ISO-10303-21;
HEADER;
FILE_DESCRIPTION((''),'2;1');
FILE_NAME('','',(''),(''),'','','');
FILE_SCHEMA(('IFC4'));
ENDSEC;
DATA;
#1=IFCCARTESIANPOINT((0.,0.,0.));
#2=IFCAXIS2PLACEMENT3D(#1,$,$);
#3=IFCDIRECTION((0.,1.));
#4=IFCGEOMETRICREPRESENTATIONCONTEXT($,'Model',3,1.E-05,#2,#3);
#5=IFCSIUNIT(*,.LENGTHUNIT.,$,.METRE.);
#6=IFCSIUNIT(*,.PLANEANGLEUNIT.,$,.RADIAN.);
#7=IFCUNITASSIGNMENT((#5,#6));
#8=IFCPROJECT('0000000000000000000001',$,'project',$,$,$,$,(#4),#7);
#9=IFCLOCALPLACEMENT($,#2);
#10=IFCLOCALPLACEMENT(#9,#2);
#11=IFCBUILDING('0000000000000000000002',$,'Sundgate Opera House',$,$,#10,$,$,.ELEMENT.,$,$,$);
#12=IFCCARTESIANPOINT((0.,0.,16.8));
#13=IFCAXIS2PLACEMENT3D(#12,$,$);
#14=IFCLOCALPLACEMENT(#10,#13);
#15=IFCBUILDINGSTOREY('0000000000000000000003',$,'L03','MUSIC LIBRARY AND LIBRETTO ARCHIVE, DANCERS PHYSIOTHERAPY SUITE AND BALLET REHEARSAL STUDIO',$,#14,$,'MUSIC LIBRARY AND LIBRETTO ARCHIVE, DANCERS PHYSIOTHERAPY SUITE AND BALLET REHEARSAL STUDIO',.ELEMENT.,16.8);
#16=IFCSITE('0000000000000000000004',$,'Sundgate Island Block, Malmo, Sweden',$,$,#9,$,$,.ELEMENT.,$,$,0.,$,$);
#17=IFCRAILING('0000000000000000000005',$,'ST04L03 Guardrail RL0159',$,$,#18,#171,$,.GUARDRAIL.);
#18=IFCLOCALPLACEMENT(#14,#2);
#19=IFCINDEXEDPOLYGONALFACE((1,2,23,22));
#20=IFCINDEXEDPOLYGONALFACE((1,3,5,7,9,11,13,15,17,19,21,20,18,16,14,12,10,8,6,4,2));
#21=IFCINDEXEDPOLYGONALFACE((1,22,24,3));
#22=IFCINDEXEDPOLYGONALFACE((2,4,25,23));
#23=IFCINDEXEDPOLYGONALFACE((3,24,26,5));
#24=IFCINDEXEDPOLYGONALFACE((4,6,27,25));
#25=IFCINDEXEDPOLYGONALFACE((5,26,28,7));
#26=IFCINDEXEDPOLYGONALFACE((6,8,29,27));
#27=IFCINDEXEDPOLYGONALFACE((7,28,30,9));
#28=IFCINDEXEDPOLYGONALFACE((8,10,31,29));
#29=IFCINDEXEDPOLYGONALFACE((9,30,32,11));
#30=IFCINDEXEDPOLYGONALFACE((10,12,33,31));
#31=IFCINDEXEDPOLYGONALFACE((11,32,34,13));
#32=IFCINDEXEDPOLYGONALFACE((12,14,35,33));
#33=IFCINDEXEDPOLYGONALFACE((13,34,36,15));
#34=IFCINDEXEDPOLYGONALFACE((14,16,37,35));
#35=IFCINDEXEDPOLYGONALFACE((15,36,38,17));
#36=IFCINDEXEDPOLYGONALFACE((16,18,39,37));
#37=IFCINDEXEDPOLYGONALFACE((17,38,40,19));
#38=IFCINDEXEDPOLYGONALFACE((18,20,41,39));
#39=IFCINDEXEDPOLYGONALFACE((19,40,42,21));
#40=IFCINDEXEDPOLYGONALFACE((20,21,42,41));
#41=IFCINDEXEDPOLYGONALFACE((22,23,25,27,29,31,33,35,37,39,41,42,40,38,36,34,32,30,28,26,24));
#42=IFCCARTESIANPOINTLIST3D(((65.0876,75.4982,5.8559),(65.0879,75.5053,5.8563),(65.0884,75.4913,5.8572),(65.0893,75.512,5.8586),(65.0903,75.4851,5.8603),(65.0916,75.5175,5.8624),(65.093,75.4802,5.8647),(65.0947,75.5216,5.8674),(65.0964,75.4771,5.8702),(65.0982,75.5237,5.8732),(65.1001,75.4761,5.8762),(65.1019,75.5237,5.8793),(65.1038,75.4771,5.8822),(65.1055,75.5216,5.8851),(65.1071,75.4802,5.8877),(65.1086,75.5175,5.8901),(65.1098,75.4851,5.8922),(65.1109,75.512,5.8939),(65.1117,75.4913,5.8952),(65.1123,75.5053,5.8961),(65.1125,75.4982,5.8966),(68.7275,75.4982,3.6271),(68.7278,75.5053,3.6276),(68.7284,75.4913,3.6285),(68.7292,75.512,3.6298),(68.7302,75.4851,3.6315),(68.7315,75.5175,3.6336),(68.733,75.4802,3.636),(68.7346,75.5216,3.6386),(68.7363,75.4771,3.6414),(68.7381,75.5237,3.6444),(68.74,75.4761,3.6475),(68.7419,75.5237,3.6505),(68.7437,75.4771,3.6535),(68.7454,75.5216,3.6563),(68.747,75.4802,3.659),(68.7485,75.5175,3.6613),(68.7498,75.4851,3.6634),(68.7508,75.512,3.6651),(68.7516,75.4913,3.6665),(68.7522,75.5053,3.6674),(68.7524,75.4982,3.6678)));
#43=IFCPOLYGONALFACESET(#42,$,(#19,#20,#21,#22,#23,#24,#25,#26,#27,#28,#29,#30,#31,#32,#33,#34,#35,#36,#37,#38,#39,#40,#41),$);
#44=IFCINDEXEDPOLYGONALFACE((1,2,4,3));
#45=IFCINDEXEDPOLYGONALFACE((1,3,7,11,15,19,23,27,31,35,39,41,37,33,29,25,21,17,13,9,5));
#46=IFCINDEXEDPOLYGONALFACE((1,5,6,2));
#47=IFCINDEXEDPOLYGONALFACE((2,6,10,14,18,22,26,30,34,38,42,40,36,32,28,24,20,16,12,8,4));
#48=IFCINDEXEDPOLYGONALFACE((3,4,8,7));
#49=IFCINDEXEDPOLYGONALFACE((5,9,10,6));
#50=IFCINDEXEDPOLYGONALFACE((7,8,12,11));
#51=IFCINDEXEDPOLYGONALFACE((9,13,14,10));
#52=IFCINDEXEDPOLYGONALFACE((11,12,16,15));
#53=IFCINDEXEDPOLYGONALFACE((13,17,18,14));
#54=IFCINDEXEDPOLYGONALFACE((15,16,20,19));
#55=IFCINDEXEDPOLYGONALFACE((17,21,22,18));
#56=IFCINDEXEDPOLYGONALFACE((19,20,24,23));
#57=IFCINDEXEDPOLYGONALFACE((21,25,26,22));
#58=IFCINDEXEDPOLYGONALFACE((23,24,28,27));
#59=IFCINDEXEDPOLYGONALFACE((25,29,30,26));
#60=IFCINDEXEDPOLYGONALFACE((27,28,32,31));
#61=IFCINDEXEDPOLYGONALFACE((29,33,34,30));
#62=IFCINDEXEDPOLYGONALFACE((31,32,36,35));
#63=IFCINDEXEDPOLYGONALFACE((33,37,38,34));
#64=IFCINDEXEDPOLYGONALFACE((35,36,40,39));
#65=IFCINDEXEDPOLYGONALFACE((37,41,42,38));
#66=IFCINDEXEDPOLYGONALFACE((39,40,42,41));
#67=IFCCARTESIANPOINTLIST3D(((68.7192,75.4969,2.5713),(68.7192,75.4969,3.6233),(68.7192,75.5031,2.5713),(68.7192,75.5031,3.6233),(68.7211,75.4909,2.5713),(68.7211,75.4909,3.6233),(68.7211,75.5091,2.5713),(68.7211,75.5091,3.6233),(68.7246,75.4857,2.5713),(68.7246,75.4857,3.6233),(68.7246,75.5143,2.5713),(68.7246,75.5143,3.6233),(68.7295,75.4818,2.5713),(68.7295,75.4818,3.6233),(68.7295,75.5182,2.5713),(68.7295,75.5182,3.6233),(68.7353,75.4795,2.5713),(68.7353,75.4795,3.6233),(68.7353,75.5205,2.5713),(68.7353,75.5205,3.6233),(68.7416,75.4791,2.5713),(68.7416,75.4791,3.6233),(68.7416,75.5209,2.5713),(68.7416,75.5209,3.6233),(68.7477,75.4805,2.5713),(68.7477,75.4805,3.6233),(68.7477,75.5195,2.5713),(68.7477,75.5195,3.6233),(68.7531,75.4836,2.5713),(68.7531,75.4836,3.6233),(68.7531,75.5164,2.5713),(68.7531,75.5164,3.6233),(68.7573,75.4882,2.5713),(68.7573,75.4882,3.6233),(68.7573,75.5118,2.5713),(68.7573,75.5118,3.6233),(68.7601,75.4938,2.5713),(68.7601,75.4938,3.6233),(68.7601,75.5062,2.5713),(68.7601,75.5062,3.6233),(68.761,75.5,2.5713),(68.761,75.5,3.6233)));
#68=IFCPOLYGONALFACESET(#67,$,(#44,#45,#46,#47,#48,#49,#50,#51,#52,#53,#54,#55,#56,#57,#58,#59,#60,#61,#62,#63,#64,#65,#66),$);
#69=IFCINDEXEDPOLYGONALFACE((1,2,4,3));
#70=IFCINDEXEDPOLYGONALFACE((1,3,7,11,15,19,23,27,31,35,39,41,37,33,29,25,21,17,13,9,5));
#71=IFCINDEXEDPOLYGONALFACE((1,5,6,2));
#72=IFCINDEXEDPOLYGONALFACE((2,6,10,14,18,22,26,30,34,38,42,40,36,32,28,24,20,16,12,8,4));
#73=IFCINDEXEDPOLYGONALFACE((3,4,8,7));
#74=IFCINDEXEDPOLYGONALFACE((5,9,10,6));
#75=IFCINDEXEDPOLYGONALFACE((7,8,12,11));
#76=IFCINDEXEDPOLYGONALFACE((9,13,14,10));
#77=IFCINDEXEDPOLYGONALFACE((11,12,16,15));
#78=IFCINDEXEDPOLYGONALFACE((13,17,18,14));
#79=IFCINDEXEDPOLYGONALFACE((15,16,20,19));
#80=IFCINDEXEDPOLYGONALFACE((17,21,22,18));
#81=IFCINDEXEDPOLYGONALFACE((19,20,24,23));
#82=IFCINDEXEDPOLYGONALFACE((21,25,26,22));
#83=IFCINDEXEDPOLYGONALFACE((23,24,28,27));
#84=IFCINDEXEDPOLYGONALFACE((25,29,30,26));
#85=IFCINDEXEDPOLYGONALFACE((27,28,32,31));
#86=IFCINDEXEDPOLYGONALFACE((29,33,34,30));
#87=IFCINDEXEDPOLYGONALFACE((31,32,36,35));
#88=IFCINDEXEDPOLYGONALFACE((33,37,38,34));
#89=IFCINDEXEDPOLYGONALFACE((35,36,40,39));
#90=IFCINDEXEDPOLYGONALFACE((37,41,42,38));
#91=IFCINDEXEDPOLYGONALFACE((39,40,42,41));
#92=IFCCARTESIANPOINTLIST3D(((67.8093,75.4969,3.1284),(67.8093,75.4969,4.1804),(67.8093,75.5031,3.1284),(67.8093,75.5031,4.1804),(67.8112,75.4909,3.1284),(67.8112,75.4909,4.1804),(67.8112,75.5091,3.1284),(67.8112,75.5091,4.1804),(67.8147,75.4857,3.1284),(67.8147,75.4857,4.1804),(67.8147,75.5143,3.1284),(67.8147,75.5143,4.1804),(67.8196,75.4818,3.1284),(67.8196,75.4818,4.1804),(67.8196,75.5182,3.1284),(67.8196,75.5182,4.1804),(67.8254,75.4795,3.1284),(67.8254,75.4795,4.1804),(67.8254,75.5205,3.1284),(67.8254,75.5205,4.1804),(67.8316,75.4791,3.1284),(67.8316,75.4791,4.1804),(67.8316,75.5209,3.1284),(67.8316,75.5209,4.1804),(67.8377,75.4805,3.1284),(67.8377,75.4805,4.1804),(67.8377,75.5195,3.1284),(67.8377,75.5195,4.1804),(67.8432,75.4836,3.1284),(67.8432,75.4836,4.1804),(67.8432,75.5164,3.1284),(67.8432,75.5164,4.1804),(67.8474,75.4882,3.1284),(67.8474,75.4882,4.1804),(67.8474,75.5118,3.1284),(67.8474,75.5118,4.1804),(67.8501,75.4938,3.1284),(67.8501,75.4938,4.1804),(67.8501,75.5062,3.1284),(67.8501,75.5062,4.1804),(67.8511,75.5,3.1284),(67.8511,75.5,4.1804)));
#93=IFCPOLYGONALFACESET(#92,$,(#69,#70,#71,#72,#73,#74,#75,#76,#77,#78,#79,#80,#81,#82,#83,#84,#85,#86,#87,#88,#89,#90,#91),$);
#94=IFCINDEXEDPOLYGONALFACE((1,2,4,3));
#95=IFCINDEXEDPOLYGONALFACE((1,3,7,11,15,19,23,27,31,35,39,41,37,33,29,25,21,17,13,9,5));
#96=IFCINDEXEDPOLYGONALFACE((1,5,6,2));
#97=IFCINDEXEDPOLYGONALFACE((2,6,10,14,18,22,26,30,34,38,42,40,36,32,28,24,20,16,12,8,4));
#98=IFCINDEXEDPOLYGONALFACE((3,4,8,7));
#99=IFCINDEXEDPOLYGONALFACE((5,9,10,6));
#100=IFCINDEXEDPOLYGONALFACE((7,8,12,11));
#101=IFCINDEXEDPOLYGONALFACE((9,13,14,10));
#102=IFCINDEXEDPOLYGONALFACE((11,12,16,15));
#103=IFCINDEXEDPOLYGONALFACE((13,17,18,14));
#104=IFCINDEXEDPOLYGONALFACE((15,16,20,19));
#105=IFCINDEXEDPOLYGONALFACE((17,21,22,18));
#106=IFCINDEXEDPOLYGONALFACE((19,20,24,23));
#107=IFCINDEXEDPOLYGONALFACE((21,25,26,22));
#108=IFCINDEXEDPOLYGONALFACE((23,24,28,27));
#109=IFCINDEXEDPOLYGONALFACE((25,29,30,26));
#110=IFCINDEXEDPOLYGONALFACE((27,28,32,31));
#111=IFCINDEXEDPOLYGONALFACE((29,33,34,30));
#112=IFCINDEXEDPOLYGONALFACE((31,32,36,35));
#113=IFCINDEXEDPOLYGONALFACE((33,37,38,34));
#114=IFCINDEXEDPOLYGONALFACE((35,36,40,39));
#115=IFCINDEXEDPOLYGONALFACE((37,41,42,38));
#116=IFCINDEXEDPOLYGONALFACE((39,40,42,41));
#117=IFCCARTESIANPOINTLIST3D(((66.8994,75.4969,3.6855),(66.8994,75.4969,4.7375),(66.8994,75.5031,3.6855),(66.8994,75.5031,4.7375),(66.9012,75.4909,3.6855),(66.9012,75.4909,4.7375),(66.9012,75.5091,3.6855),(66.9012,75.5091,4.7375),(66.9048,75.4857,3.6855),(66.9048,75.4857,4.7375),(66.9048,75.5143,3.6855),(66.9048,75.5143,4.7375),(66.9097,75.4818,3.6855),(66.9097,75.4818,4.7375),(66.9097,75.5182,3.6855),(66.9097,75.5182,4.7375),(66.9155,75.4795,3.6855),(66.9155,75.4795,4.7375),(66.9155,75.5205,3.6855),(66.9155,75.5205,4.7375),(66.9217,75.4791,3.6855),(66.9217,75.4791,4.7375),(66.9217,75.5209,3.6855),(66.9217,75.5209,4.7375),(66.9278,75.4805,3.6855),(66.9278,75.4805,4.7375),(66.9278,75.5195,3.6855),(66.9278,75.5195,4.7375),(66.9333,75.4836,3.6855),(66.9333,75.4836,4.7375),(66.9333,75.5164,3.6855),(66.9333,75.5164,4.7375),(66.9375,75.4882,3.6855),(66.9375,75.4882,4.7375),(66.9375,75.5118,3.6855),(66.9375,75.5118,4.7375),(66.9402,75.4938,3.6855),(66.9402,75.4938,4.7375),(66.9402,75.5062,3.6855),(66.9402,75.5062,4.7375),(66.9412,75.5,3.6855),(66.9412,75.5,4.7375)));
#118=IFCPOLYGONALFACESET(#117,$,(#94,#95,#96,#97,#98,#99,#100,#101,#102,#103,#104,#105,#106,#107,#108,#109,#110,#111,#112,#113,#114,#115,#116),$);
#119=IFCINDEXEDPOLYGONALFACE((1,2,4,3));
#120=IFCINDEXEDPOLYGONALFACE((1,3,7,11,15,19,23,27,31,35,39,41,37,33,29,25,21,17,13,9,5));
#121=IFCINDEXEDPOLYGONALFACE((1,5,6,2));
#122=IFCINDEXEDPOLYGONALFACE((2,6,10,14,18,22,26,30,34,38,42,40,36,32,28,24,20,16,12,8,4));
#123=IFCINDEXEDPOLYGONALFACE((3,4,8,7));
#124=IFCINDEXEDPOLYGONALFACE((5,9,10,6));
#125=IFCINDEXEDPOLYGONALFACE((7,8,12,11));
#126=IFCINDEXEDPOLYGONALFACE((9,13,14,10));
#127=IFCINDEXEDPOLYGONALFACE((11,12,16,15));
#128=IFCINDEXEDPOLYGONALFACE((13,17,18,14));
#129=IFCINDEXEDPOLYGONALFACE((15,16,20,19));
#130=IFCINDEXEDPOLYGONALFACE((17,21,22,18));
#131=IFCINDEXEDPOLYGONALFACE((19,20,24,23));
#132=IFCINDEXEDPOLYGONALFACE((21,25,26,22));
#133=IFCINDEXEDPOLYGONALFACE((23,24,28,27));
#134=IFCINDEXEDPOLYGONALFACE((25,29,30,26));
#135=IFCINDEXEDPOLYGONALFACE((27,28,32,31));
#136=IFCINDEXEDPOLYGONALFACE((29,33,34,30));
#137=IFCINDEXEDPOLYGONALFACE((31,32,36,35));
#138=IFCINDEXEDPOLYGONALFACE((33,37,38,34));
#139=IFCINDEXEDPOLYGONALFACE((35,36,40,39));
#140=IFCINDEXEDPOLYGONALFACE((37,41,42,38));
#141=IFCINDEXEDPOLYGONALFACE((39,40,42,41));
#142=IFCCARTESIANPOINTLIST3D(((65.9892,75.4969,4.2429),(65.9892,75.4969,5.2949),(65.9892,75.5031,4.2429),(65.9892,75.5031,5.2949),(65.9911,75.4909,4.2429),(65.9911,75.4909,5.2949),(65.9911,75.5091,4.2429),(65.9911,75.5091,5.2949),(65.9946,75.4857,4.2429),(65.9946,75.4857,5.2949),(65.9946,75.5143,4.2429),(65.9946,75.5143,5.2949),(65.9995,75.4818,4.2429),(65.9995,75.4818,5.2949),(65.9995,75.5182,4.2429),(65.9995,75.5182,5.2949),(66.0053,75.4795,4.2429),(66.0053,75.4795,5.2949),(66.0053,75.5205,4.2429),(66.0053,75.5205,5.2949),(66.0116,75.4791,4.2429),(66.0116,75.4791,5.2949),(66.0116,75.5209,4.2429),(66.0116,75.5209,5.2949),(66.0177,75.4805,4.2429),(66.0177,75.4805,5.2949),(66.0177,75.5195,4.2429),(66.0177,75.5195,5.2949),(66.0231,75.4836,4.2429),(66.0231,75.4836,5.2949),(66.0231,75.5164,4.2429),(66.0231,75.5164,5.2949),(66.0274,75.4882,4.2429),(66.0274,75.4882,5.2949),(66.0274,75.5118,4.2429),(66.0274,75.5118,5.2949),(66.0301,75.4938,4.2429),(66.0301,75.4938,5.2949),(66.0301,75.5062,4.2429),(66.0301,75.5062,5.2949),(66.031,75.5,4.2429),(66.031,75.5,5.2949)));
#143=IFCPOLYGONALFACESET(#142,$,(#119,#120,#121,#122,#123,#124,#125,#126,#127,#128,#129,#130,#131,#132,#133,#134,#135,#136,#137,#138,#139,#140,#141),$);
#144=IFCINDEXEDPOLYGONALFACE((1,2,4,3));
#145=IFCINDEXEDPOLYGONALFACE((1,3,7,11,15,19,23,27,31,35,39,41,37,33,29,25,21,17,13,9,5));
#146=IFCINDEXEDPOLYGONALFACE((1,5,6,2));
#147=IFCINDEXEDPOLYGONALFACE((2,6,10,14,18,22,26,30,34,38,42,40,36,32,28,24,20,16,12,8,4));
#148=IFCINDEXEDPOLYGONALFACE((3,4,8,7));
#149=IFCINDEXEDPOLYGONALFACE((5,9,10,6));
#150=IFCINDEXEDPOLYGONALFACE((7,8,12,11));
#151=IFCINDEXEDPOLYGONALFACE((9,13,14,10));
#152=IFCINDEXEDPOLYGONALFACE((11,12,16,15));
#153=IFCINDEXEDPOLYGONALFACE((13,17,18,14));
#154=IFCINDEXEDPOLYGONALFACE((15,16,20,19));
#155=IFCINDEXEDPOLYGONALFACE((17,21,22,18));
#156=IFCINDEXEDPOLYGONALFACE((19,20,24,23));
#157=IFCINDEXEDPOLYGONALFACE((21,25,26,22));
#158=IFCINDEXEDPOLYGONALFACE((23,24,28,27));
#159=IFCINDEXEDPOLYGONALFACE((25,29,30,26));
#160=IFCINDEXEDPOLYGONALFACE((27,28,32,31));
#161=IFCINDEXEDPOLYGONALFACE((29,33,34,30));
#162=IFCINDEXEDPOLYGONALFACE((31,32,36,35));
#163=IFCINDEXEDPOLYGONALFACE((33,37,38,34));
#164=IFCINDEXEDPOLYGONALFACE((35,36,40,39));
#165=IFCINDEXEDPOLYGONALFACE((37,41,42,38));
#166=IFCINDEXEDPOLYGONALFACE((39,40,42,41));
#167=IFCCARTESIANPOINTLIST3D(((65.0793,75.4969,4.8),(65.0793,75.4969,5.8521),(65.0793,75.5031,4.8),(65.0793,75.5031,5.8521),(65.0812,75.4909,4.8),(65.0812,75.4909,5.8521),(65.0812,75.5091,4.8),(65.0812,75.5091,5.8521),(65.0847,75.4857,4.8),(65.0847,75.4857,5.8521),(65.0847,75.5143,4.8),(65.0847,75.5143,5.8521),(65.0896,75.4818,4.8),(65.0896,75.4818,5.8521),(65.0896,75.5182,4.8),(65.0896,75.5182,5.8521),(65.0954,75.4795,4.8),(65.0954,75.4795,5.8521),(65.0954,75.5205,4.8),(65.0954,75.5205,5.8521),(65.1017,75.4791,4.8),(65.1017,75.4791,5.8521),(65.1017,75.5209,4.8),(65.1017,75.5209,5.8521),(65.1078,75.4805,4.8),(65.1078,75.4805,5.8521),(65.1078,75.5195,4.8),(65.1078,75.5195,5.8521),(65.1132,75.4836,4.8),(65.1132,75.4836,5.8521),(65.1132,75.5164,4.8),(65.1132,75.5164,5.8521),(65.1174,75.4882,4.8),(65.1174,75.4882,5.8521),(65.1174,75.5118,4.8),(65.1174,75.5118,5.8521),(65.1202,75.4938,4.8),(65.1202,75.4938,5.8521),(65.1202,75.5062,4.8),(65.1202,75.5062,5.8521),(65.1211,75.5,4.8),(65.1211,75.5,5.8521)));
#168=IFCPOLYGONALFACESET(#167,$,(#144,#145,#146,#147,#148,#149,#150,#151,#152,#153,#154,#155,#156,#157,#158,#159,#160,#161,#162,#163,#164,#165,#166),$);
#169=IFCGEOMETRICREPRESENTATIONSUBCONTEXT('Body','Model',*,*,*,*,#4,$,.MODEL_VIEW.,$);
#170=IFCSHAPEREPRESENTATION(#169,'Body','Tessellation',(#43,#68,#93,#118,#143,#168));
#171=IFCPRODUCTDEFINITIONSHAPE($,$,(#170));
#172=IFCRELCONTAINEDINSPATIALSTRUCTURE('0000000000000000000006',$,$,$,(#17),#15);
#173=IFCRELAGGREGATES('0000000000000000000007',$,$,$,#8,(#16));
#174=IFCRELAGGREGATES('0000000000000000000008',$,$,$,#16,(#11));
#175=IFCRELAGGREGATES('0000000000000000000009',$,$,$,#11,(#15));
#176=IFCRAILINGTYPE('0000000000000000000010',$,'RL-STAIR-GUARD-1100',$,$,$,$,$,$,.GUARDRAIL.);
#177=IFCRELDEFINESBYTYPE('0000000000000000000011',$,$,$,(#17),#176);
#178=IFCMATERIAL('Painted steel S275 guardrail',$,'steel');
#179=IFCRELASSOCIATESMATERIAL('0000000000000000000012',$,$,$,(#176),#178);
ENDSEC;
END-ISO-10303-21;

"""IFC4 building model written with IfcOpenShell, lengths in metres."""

from ifc_helpers import new_model, si_unit, direction, frame, origin, origin_2d, place, context, subcontext, project, spatial, circle, extrude, material, type_object, element, save


model = new_model("IFC4")

# Units and contexts
model_context = context("Model", 3, precision=1e-05, world=origin(), true_north=direction((0.0, 1.0)))
body_context = subcontext(model_context, "Body", "Model", "MODEL_VIEW")
ifc_project = project(units=[si_unit("LENGTHUNIT", "METRE"), si_unit("PLANEANGLEUNIT", "RADIAN")], contexts=[model_context])

# Site, building, storey
site_placement = place(None, origin())
site = spatial("IfcSite", under=ifc_project, at=site_placement, Name="Sundgate Island Block, Malmo, Sweden", CompositionType="ELEMENT", RefElevation=0.0)
building_placement = place(site_placement, origin())
building = spatial("IfcBuilding", under=site, at=building_placement, Name="Sundgate Opera House", CompositionType="ELEMENT")
storey_placement = place(building_placement, frame((0.0, 0.0, 16.8)))
storey = spatial("IfcBuildingStorey", under=building, at=storey_placement, Name="L03", Description="MUSIC LIBRARY AND LIBRETTO ARCHIVE, DANCERS PHYSIOTHERAPY SUITE AND BALLET REHEARSAL STUDIO", LongName="MUSIC LIBRARY AND LIBRETTO ARCHIVE, DANCERS PHYSIOTHERAPY SUITE AND BALLET REHEARSAL STUDIO", CompositionType="ELEMENT", Elevation=16.8)

# Railing
ifc_material_1 = material(Name="Painted steel S275 guardrail", Category="steel")
railing_type_1 = type_object("IfcRailingType", Name="RL-STAIR-GUARD-1100", PredefinedType="GUARDRAIL", material=ifc_material_1)
railing_1_placement = place(storey_placement, frame((68.74, 75.5, 2.5713)))
element("IfcRailing", 1, at=railing_1_placement, inside=storey, type_object=railing_type_1, Name="ST04L03 Guardrail RL0159", PredefinedType="GUARDRAIL", context=body_context, shape_type="SweptSolid", body=[
    extrude(circle(Radius=0.0239, at=origin_2d()), frame((0.0, 0.0, 1.0762), z_axis=(-0.852825, 0.0, 0.522197), x_axis=(0.0, -1.0, 0.0)), (0.0, 0.0, 1.0), 4.2681),
    extrude(circle(Radius=0.021, at=origin_2d()), origin(), (0.0, 0.0, 1.0), 1.052),
    extrude(circle(Radius=0.021, at=origin_2d()), frame((-0.9099, 0.0, 0.5571)), (0.0, 0.0, 1.0), 1.052),
    extrude(circle(Radius=0.021, at=origin_2d()), frame((-1.8198, 0.0, 1.1143)), (0.0, 0.0, 1.0), 1.052),
    extrude(circle(Radius=0.021, at=origin_2d()), frame((-2.73, 0.0, 1.6716)), (0.0, 0.0, 1.0), 1.052),
    extrude(circle(Radius=0.021, at=origin_2d()), frame((-3.6399, 0.0, 2.2288)), (0.0, 0.0, 1.0), 1.052),
])

save(model, "model.ifc")
